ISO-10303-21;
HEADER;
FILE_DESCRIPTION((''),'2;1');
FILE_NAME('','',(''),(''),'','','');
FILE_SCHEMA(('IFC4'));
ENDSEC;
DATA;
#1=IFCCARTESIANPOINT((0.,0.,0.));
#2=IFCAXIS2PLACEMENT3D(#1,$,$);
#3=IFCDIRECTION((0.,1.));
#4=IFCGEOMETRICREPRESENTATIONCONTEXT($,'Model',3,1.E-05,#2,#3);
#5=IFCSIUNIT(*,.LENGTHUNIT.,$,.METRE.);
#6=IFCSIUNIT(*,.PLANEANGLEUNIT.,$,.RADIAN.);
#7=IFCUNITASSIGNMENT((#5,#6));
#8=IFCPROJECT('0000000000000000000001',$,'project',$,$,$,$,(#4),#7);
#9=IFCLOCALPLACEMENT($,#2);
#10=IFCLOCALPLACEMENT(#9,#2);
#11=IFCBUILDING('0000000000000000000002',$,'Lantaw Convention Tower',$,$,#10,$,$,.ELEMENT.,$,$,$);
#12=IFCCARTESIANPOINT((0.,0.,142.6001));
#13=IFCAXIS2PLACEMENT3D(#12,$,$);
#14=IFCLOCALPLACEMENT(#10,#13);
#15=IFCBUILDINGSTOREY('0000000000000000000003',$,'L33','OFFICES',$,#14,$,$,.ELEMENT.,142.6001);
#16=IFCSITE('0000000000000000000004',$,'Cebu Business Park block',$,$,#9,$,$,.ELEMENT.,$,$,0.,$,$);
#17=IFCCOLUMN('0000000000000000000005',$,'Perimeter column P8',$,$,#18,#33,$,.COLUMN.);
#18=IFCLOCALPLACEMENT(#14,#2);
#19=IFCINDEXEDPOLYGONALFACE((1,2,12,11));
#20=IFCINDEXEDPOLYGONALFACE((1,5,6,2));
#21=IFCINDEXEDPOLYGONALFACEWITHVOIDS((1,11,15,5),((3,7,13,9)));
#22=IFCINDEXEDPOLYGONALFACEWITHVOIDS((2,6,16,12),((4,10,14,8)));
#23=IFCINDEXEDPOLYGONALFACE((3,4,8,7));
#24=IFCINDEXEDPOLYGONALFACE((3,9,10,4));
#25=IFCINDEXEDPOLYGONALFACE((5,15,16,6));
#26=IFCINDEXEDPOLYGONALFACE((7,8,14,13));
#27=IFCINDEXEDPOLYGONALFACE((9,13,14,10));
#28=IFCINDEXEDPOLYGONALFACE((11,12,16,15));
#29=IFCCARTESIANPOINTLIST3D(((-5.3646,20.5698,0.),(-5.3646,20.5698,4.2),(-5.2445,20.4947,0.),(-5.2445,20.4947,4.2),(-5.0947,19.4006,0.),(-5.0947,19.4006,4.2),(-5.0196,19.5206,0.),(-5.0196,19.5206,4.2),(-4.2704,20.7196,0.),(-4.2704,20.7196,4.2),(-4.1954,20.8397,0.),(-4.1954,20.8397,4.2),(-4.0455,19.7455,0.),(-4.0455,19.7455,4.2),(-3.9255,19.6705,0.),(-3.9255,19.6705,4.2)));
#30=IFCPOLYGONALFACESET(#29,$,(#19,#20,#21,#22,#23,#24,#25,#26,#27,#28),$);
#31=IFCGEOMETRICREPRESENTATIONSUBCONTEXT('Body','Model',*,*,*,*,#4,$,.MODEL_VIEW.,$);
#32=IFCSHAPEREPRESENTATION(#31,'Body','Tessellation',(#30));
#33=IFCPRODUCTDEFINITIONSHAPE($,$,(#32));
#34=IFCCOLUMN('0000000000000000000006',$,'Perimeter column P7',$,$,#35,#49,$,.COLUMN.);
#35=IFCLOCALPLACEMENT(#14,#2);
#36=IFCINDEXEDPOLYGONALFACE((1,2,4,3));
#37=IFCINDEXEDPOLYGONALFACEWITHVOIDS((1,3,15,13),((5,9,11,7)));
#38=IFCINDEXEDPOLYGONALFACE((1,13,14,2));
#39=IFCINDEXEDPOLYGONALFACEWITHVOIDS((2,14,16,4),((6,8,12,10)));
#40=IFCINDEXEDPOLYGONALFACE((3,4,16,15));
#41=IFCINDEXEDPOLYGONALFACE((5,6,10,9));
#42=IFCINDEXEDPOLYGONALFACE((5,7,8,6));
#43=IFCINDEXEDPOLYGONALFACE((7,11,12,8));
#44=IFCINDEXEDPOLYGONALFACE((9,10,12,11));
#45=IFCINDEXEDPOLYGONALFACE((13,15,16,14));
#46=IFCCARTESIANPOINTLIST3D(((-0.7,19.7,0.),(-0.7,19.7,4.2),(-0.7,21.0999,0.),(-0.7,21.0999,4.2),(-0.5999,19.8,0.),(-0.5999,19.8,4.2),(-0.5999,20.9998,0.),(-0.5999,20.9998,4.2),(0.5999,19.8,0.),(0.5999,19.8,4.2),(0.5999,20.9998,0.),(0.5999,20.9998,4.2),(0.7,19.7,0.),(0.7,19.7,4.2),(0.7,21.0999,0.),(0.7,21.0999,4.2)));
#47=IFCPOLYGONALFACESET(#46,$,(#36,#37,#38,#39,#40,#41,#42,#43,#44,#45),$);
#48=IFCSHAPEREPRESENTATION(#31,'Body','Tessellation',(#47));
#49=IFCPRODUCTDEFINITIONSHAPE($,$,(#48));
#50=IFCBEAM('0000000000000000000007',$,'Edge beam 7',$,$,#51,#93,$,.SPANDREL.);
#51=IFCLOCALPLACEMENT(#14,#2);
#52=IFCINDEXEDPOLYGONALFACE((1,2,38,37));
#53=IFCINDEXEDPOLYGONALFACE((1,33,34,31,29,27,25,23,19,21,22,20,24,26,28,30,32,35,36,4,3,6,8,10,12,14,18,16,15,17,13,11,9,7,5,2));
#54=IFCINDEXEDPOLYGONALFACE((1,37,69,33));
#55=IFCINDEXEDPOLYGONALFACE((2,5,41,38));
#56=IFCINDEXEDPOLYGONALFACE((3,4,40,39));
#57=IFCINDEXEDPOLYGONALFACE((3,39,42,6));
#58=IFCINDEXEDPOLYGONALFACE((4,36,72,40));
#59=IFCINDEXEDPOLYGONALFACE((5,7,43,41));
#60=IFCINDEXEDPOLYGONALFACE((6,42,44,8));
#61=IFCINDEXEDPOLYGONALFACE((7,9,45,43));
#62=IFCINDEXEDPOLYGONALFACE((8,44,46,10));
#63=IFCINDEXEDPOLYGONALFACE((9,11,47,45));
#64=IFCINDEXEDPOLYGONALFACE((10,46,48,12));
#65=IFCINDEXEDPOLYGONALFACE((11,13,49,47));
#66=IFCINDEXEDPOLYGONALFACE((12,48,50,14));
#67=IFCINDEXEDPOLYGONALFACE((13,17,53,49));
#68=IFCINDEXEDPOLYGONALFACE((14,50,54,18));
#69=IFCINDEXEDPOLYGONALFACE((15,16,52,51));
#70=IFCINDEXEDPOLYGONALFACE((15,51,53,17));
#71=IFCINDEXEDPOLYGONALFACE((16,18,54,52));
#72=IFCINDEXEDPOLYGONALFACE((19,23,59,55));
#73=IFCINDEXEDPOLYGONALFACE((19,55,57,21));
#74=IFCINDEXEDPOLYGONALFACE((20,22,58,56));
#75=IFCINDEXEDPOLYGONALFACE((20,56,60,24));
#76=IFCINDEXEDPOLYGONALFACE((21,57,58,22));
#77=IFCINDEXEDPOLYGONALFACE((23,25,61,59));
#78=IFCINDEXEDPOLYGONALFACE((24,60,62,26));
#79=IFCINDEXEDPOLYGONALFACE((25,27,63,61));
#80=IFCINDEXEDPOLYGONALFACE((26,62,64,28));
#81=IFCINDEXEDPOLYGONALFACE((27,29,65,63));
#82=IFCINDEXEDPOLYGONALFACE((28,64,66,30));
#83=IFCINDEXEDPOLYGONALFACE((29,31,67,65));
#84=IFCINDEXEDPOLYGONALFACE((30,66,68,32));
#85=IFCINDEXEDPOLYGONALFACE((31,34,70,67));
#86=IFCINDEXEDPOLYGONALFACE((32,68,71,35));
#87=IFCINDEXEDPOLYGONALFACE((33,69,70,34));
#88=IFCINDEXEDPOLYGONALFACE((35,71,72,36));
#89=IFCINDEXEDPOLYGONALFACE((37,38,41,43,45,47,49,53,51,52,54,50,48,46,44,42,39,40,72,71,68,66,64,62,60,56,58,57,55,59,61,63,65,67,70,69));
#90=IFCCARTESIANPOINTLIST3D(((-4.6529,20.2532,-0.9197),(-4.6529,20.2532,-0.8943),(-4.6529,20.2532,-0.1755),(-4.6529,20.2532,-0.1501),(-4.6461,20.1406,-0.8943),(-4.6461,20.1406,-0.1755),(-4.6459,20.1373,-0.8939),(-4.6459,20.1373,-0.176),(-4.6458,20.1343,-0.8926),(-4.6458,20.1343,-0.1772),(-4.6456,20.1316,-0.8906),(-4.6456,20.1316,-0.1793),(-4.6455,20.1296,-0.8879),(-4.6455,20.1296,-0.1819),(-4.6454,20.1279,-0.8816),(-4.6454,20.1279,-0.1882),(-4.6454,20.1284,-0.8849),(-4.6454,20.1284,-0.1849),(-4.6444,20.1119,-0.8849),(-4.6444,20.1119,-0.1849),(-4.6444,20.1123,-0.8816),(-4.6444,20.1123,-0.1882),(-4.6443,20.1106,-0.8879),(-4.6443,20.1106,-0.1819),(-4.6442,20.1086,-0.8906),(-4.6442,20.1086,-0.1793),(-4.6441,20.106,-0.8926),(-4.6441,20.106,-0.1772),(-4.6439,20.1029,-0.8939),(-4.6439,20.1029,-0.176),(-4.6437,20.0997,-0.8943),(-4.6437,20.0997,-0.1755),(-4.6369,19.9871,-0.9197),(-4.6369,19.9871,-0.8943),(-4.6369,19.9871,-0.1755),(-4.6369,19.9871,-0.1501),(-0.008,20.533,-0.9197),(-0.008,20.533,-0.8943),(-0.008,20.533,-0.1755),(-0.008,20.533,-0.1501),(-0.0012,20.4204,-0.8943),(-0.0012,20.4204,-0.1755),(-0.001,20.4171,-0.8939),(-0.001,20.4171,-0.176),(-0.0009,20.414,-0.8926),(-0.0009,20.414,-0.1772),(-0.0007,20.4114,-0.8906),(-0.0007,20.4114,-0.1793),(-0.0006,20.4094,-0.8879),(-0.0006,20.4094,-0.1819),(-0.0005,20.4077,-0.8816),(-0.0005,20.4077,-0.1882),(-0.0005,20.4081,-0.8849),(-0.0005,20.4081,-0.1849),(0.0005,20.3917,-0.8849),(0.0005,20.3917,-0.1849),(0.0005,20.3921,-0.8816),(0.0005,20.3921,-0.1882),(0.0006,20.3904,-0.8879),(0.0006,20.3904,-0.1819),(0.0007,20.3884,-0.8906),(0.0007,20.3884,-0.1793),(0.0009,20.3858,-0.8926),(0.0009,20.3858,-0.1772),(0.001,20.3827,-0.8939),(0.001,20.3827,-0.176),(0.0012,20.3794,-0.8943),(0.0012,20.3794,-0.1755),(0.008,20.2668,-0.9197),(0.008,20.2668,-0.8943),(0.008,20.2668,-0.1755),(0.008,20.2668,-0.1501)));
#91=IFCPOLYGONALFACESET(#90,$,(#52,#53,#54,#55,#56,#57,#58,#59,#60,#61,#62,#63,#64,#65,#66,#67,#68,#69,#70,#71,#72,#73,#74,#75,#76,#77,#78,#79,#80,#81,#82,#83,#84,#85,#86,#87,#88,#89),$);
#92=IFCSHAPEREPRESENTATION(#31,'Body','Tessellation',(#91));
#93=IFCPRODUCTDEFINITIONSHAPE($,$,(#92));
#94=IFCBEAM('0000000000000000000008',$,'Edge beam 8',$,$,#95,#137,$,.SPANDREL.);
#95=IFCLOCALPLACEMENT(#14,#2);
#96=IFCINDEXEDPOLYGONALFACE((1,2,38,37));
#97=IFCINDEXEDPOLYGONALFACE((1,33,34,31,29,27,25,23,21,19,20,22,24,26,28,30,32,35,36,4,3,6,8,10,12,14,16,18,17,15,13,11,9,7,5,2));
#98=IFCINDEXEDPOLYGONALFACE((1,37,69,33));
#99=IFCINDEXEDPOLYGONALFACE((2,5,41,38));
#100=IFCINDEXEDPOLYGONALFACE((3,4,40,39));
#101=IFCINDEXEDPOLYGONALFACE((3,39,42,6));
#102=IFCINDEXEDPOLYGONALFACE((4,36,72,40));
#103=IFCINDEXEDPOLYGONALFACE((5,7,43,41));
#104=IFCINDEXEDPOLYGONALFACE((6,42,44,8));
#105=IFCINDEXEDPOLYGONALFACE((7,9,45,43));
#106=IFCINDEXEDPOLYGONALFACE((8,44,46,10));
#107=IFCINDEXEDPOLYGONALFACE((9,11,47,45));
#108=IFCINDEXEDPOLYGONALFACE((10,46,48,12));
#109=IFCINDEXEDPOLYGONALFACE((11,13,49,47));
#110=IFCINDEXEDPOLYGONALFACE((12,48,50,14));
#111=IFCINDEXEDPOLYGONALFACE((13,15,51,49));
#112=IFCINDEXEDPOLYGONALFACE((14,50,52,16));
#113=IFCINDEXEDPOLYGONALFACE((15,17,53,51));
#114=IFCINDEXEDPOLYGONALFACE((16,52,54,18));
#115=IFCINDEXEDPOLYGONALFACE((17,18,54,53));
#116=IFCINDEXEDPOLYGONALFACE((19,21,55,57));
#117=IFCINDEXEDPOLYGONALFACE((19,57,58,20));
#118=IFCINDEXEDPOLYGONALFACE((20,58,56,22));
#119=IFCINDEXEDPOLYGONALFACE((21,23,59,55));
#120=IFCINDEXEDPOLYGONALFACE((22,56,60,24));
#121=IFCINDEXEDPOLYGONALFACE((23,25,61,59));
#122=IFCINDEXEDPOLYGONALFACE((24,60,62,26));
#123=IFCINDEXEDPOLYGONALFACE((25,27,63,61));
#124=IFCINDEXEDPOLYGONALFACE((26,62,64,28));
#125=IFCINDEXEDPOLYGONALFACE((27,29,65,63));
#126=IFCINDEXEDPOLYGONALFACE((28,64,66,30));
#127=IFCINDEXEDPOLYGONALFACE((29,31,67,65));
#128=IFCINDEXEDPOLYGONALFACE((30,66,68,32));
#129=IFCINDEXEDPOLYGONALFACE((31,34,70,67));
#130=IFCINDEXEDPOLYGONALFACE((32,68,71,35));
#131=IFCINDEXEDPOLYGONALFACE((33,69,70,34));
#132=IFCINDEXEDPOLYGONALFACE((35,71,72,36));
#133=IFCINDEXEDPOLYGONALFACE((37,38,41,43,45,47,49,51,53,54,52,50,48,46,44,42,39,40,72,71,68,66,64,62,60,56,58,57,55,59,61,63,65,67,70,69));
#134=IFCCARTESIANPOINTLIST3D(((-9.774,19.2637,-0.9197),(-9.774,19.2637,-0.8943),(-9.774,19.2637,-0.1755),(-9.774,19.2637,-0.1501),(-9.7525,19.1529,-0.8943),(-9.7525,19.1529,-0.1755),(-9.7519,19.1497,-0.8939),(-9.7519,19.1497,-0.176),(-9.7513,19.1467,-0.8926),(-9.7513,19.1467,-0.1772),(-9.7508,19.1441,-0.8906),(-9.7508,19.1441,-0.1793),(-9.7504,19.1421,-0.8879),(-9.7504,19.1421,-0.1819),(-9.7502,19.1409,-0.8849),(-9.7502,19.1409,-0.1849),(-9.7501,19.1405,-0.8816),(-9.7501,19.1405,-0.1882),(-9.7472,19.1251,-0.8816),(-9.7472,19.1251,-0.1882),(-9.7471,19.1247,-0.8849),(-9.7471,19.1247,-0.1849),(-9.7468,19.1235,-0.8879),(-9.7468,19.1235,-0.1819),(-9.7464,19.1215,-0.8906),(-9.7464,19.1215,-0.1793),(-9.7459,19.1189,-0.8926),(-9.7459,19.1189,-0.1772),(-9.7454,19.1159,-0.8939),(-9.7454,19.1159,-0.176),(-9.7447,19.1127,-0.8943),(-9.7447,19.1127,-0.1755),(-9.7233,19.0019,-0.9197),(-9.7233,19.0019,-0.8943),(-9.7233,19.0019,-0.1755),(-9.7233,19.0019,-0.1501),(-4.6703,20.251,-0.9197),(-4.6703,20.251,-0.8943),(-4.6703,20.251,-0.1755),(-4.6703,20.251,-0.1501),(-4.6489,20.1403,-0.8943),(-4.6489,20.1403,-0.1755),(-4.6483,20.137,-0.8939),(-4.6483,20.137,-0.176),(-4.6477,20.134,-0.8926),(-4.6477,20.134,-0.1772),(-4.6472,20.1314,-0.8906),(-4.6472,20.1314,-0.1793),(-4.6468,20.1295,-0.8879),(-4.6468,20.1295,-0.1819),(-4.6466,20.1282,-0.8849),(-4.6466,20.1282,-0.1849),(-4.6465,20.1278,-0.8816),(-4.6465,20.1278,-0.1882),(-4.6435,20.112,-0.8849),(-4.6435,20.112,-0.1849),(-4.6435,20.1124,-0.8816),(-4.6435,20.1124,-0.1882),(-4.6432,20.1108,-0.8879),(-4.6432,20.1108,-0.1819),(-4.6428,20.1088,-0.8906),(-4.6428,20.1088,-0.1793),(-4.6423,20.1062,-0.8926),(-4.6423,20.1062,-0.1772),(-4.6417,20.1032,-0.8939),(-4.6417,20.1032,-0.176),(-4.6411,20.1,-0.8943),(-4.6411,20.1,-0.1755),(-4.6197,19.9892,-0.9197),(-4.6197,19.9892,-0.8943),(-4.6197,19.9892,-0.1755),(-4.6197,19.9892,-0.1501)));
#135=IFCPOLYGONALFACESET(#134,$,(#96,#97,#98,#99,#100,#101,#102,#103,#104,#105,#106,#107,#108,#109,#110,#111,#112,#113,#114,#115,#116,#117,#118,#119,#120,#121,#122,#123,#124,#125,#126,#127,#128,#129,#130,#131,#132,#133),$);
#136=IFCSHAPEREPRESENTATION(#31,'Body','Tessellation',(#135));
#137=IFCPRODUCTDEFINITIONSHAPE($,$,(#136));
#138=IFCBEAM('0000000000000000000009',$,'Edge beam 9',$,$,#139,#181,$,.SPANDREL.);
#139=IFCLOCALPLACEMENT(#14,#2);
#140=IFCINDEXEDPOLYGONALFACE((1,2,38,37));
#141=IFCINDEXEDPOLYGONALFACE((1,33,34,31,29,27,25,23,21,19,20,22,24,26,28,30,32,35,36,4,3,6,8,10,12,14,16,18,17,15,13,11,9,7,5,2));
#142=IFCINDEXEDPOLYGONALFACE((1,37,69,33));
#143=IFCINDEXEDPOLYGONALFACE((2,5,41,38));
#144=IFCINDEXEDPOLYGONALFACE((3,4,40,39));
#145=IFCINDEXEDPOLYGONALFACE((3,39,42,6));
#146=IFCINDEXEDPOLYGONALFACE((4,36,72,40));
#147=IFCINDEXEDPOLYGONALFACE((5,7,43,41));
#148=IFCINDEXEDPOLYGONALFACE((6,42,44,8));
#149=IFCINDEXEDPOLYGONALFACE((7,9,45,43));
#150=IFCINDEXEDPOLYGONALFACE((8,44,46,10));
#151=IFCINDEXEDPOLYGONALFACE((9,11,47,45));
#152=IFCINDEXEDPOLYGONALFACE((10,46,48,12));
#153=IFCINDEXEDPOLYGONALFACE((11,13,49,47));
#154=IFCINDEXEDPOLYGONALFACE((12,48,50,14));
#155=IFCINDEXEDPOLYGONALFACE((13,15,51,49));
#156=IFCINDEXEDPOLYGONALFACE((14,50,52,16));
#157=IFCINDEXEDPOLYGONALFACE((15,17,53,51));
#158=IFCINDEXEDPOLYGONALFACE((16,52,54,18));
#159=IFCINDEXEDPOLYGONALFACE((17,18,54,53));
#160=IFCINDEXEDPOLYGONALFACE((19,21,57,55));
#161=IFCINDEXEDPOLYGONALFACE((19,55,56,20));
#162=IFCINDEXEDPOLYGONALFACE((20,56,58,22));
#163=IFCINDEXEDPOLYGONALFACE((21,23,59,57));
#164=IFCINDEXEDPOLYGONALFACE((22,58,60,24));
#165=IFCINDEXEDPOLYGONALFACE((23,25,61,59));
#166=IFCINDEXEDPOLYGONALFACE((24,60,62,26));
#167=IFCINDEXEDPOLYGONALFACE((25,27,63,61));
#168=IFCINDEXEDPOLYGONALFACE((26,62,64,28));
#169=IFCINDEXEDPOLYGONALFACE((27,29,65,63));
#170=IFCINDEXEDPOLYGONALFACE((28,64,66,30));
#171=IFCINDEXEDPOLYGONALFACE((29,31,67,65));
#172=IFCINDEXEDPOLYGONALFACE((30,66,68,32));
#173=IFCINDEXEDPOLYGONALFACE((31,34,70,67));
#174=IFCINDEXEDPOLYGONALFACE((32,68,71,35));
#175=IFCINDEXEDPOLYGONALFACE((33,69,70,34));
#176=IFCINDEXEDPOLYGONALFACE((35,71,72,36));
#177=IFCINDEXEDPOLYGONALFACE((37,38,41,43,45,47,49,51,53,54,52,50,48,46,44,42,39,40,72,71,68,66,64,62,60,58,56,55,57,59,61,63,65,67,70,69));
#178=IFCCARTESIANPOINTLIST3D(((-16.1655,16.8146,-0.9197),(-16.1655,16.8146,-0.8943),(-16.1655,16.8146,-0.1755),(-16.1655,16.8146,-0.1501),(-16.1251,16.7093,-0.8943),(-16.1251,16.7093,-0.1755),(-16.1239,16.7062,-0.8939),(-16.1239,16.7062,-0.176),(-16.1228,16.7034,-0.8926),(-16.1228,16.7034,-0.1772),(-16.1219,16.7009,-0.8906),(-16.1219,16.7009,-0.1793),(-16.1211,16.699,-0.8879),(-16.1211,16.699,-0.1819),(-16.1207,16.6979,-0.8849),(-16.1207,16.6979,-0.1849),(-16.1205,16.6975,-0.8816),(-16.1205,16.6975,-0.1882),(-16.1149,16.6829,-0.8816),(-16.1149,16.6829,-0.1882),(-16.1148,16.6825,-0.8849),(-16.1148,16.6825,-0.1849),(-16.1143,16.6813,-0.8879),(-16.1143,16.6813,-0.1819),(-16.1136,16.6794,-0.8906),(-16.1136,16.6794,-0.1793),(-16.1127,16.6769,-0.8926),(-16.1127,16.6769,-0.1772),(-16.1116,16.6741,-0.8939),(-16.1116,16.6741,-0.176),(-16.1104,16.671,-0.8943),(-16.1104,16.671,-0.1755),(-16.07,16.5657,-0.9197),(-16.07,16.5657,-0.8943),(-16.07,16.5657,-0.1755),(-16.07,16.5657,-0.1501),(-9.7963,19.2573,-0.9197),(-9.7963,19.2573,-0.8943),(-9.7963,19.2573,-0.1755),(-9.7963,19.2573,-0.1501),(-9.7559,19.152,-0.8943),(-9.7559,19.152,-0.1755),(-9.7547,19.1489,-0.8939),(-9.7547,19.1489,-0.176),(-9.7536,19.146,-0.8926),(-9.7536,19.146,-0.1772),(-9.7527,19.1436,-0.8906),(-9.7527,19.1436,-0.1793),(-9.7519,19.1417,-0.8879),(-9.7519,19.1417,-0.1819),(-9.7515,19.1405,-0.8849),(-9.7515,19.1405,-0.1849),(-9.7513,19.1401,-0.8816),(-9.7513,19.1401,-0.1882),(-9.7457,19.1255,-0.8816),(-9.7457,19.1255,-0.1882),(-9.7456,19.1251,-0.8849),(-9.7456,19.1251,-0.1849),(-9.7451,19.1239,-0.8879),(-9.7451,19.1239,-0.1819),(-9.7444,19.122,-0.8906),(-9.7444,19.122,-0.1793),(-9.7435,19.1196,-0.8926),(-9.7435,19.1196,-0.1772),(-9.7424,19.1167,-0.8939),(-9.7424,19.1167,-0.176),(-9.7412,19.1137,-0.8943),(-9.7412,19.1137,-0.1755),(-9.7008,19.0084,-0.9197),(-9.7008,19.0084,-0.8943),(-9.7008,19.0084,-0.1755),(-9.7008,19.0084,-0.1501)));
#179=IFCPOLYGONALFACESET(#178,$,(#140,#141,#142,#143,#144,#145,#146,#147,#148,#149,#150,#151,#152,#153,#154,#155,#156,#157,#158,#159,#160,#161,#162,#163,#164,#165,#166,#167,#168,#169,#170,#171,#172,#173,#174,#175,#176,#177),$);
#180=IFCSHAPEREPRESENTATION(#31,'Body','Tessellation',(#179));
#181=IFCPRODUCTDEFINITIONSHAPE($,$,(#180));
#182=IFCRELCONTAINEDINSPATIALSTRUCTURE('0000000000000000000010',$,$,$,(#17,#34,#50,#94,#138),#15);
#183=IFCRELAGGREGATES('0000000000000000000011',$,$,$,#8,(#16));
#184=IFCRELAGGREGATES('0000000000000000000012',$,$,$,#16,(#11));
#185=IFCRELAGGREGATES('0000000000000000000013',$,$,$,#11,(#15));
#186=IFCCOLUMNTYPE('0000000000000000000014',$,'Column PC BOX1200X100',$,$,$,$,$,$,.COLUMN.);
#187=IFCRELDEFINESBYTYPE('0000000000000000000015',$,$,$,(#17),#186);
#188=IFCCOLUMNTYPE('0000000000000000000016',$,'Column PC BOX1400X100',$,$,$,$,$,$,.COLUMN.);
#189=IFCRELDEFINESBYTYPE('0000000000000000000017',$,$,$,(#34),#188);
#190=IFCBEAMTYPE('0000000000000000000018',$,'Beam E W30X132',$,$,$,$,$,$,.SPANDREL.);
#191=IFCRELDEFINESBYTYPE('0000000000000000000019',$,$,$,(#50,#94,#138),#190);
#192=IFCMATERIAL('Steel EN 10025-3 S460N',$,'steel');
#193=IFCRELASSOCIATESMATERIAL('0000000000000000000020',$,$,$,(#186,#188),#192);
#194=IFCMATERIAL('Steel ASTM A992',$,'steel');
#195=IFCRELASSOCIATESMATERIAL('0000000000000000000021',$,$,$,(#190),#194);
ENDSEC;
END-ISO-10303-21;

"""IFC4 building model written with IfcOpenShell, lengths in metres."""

from ifc_helpers import new_model, si_unit, direction, frame, origin, origin_2d, place, context, subcontext, project, spatial, rectangle, hollow_rectangle, i_section, extrude, material, material_profile, profile_set, type_object, element, save


model = new_model("IFC4")

# Units and contexts
model_context = context("Model", 3, precision=1e-05, world=origin(), true_north=direction((0.0, 1.0)))
body_context = subcontext(model_context, "Body", "Model", "MODEL_VIEW")
ifc_project = project(units=[si_unit("LENGTHUNIT", "METRE"), si_unit("PLANEANGLEUNIT", "RADIAN")], contexts=[model_context])

# Site, building, storey
site_placement = place(None, origin())
site = spatial("IfcSite", under=ifc_project, at=site_placement, Name="Cebu Business Park block", CompositionType="ELEMENT", RefElevation=0.0)
building_placement = place(site_placement, origin())
building = spatial("IfcBuilding", under=site, at=building_placement, Name="Lantaw Convention Tower", CompositionType="ELEMENT")
storey_placement = place(building_placement, frame((0.0, 0.0, 142.6001)))
storey = spatial("IfcBuildingStorey", under=building, at=storey_placement, Name="L33", Description="OFFICES", CompositionType="ELEMENT", Elevation=142.6001)

# Columns
ifc_material_1 = material(Name="Steel EN 10025-3 S460N", Category="steel")
ifc_material_profile_1 = material_profile(ifc_material_1, hollow_rectangle(XDim=1.2, YDim=1.2, WallThickness=0.1001, at=origin_2d()), Name="BOX1200X100")
ifc_material_2 = material(Name="Concrete C60/75", Category="concrete")
ifc_material_profile_2 = material_profile(ifc_material_2, rectangle(XDim=1.0, YDim=1.0, at=origin_2d()), Name="Concrete fill of BOX1200X100")
ifc_profile_set_1 = profile_set([ifc_material_profile_1, ifc_material_profile_2], Name="Steel EN 10025-3 S460N")
column_type_1 = type_object("IfcColumnType", Name="Column PC BOX1200X100", PredefinedType="COLUMN", material=ifc_profile_set_1)
column_1_placement = place(storey_placement, frame((-4.645, 20.1201, 0.0), z_axis=(0.0, 0.0, 1.0), x_axis=(0.97437, 0.224951, 0.0)))
element("IfcColumn", 1, at=column_1_placement, inside=storey, type_object=column_type_1, Name="Perimeter column P8", PredefinedType="COLUMN", context=body_context, shape_type="SweptSolid", body=[
    extrude(hollow_rectangle(XDim=1.2, YDim=1.2, WallThickness=0.1001, at=origin_2d()), origin(), (0.0, 0.0, 1.0), 4.2),
])
ifc_material_profile_3 = material_profile(ifc_material_1, hollow_rectangle(XDim=1.3999, YDim=1.3999, WallThickness=0.1001, at=origin_2d()), Name="BOX1400X100")
ifc_material_profile_4 = material_profile(ifc_material_2, rectangle(XDim=1.2, YDim=1.2, at=origin_2d()), Name="Concrete fill of BOX1400X100")
ifc_profile_set_2 = profile_set([ifc_material_profile_3, ifc_material_profile_4], Name="Steel EN 10025-3 S460N")
column_type_2 = type_object("IfcColumnType", Name="Column PC BOX1400X100", PredefinedType="COLUMN", material=ifc_profile_set_2)
column_2_placement = place(storey_placement, frame((0.0, 20.3999, 0.0), z_axis=(0.0, 0.0, 1.0), x_axis=(1.0, 0.0, 0.0)))
element("IfcColumn", 2, at=column_2_placement, inside=storey, type_object=column_type_2, Name="Perimeter column P7", PredefinedType="COLUMN", context=body_context, shape_type="SweptSolid", body=[
    extrude(hollow_rectangle(XDim=1.3999, YDim=1.3999, WallThickness=0.1001, at=origin_2d()), origin(), (0.0, 0.0, 1.0), 4.2),
])

# Beams
ifc_material_3 = material(Name="Steel ASTM A992", Category="steel")
ifc_material_profile_5 = material_profile(ifc_material_3, i_section(OverallWidth=0.2666, OverallDepth=0.7695, WebThickness=0.0156, FlangeThickness=0.0254, FilletRadius=0.0127, at=origin_2d()), Name="W30X132")
ifc_profile_set_3 = profile_set([ifc_material_profile_5], Name="Steel ASTM A992")
beam_type = type_object("IfcBeamType", Name="Beam E W30X132", PredefinedType="SPANDREL", material=ifc_profile_set_3)
beam_1_placement = place(storey_placement, frame((0.0, 20.3999, -0.5349), z_axis=(-0.998191, -0.060124, 0.0), x_axis=(0.060124, -0.998191, 0.0)))
element("IfcBeam", 3, at=beam_1_placement, inside=storey, type_object=beam_type, Name="Edge beam 7", PredefinedType="SPANDREL", context=body_context, shape_type="SweptSolid", body=[
    extrude(i_section(OverallWidth=0.2666, OverallDepth=0.7695, WebThickness=0.0156, FlangeThickness=0.0254, FilletRadius=0.0127, at=origin_2d()), origin(), (0.0, 0.0, 1.0), 4.6533),
])
beam_2_placement = place(storey_placement, frame((-4.645, 20.1201, -0.5349), z_axis=(-0.981797, -0.189934, 0.0), x_axis=(0.189934, -0.981797, 0.0)))
element("IfcBeam", 4, at=beam_2_placement, inside=storey, type_object=beam_type, Name="Edge beam 8", PredefinedType="SPANDREL", context=body_context, shape_type="SweptSolid", body=[
    extrude(i_section(OverallWidth=0.2666, OverallDepth=0.7695, WebThickness=0.0156, FlangeThickness=0.0254, FilletRadius=0.0127, at=origin_2d()), origin(), (0.0, 0.0, 1.0), 5.1982),
])
beam_3_placement = place(storey_placement, frame((-9.7485, 19.1328, -0.5349), z_axis=(-0.933691, -0.35808, 0.0), x_axis=(0.35808, -0.933691, 0.0)))
element("IfcBeam", 5, at=beam_3_placement, inside=storey, type_object=beam_type, Name="Edge beam 9", PredefinedType="SPANDREL", context=body_context, shape_type="SweptSolid", body=[
    extrude(i_section(OverallWidth=0.2666, OverallDepth=0.7695, WebThickness=0.0156, FlangeThickness=0.0254, FilletRadius=0.0127, at=origin_2d()), origin(), (0.0, 0.0, 1.0), 6.8215),
])

save(model, "model.ifc")
